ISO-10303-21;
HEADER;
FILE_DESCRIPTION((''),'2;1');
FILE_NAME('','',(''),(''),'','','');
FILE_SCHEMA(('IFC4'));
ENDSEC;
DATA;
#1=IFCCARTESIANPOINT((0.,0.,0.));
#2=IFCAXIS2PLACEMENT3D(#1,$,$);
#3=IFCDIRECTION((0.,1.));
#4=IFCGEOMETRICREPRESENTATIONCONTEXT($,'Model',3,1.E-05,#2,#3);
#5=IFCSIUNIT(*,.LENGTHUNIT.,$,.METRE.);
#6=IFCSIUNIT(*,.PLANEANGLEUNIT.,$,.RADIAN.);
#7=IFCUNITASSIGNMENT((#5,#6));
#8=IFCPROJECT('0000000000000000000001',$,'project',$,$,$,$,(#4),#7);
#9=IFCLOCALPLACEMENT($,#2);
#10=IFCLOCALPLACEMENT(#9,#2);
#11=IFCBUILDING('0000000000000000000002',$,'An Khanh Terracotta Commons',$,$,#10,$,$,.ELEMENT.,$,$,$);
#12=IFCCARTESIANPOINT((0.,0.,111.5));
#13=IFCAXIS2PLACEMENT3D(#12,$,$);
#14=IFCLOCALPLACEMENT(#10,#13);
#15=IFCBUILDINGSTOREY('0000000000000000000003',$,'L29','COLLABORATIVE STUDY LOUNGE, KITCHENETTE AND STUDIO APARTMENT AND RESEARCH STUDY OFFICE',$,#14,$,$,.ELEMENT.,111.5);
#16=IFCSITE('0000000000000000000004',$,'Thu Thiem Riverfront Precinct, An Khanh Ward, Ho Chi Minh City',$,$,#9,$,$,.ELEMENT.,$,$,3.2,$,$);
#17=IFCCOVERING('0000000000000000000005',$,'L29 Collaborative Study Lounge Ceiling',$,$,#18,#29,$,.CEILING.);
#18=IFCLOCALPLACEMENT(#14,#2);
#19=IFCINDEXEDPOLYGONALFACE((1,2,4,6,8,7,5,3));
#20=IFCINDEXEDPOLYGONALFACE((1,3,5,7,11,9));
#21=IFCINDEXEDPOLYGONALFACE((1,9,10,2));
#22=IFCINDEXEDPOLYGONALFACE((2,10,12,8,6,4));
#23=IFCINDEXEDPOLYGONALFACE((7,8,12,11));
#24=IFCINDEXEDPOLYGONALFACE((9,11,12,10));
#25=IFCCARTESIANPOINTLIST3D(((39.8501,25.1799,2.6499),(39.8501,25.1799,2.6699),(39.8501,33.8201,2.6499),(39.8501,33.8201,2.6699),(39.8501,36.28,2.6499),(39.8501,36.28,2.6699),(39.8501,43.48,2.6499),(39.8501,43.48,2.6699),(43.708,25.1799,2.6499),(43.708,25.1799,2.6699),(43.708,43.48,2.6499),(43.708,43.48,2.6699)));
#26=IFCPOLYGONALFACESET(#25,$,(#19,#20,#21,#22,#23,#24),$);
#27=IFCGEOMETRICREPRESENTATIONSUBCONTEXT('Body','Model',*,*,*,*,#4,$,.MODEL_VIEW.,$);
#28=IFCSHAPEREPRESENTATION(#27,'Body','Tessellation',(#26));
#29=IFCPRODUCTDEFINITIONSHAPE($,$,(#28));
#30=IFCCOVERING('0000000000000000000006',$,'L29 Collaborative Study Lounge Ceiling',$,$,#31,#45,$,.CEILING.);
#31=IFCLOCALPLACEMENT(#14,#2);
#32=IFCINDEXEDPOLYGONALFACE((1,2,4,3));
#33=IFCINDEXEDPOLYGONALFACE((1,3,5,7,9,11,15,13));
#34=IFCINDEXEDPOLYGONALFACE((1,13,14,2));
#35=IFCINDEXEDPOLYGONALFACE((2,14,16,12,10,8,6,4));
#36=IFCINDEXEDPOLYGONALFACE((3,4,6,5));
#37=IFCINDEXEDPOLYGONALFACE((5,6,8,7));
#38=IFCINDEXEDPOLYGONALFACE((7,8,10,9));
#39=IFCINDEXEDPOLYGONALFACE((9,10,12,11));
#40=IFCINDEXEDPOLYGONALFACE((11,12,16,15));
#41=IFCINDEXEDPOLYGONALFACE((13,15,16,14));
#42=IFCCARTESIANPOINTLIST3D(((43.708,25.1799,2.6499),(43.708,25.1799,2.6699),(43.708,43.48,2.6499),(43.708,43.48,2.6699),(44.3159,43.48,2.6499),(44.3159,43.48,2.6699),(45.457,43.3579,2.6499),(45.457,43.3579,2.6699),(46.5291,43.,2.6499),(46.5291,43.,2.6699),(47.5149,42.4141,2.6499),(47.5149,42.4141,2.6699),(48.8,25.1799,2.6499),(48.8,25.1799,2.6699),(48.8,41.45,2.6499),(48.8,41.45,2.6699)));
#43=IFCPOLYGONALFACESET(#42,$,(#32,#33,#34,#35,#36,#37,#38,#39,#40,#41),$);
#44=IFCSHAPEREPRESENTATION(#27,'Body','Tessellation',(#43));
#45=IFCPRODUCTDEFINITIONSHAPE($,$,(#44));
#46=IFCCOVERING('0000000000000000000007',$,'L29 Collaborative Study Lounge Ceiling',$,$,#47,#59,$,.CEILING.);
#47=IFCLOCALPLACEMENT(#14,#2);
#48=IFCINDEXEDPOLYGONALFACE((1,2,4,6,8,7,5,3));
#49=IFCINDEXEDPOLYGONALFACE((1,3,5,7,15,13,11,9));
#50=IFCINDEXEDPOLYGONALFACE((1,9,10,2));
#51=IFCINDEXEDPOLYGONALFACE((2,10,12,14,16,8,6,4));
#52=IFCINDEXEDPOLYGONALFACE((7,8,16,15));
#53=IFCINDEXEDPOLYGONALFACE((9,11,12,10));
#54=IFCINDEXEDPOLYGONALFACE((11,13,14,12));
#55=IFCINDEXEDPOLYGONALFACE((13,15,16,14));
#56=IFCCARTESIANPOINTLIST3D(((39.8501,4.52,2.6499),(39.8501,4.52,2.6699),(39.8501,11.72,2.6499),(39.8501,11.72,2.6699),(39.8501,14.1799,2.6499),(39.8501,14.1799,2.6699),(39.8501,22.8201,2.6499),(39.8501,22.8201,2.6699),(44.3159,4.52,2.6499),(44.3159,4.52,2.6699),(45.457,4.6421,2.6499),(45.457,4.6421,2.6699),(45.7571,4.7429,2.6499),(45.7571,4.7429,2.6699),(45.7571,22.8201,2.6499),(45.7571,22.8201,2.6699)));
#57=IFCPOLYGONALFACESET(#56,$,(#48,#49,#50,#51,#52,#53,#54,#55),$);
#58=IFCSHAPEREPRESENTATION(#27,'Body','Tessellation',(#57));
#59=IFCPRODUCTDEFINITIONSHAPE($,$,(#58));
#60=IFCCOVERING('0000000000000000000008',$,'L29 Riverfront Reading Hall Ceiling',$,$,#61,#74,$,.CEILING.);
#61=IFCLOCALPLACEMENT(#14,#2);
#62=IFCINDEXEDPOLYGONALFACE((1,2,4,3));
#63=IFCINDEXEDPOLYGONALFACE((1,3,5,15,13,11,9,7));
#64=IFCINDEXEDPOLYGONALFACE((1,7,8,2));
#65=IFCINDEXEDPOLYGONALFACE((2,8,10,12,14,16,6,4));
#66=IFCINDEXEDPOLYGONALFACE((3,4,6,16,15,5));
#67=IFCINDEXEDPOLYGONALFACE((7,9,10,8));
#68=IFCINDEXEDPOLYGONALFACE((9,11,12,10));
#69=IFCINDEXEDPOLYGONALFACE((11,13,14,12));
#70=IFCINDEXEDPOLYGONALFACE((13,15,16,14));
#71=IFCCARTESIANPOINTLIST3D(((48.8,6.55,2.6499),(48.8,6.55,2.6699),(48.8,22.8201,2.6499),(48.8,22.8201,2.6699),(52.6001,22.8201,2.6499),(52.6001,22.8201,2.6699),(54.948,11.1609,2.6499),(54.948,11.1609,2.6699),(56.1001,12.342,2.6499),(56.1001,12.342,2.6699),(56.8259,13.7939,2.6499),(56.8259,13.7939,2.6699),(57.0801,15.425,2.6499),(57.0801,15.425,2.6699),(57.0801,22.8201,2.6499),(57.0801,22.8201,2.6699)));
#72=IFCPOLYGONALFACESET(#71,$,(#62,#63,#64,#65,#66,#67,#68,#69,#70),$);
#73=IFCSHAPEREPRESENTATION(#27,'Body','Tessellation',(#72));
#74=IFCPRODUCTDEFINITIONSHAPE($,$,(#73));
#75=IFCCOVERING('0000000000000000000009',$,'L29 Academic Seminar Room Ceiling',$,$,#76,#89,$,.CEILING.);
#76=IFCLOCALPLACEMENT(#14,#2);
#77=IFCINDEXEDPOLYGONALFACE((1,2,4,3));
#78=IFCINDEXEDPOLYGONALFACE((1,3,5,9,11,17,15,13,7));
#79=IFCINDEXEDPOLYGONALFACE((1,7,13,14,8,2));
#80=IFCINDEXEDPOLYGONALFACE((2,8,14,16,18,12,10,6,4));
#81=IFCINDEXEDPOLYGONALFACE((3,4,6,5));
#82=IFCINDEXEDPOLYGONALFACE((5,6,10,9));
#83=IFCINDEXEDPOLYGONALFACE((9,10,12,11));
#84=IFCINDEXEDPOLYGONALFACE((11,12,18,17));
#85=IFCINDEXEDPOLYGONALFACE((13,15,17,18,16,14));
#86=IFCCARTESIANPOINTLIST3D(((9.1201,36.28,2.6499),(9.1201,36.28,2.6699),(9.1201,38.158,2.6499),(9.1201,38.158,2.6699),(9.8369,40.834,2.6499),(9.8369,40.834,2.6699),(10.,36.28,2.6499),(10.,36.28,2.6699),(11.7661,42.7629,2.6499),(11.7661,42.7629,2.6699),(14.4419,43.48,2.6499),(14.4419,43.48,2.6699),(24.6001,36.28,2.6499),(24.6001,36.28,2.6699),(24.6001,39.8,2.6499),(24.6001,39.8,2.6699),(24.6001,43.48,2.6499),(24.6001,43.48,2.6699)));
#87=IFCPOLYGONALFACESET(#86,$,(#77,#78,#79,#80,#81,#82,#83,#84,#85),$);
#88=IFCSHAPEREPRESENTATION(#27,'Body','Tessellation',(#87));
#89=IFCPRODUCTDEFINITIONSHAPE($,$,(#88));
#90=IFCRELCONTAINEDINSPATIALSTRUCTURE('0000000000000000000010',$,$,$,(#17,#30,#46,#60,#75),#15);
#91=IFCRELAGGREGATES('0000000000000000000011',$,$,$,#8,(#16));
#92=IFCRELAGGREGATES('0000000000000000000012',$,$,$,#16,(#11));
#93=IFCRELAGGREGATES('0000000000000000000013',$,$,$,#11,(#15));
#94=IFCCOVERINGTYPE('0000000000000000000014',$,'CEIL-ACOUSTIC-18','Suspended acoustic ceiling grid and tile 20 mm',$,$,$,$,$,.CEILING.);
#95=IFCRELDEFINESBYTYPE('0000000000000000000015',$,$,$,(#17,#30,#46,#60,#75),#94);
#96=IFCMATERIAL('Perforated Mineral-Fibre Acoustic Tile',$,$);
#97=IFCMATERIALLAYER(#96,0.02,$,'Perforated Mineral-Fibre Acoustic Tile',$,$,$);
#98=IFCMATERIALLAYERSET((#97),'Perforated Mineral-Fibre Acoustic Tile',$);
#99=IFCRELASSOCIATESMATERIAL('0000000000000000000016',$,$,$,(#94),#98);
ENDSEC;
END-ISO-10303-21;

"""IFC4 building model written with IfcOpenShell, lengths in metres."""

from ifc_helpers import new_model, si_unit, direction, frame, origin, place, context, subcontext, project, spatial, polyline, outline, extrude, material, layer, layer_set, type_object, element, save


model = new_model("IFC4")

# Units and contexts
model_context = context("Model", 3, precision=1e-05, world=origin(), true_north=direction((0.0, 1.0)))
body_context = subcontext(model_context, "Body", "Model", "MODEL_VIEW")
ifc_project = project(units=[si_unit("LENGTHUNIT", "METRE"), si_unit("PLANEANGLEUNIT", "RADIAN")], contexts=[model_context])

# Site, building, storey
site_placement = place(None, origin())
site = spatial("IfcSite", under=ifc_project, at=site_placement, Name="Thu Thiem Riverfront Precinct, An Khanh Ward, Ho Chi Minh City", CompositionType="ELEMENT", RefElevation=3.2)
building_placement = place(site_placement, origin())
building = spatial("IfcBuilding", under=site, at=building_placement, Name="An Khanh Terracotta Commons", CompositionType="ELEMENT")
storey_placement = place(building_placement, frame((0.0, 0.0, 111.5)))
storey = spatial("IfcBuildingStorey", under=building, at=storey_placement, Name="L29", Description="COLLABORATIVE STUDY LOUNGE, KITCHENETTE AND STUDIO APARTMENT AND RESEARCH STUDY OFFICE", CompositionType="ELEMENT", Elevation=111.5)

# Coverings
ifc_material_1 = material(Name="Perforated Mineral-Fibre Acoustic Tile")
ifc_layer_1 = layer(ifc_material_1, 0.02, Name="Perforated Mineral-Fibre Acoustic Tile")
ifc_layer_set_1 = layer_set([ifc_layer_1], Name="Perforated Mineral-Fibre Acoustic Tile")
covering_type = type_object("IfcCoveringType", Name="CEIL-ACOUSTIC-18", Description="Suspended acoustic ceiling grid and tile 20 mm", PredefinedType="CEILING", material=ifc_layer_set_1)
covering_1_placement = place(storey_placement, frame((0.0, 0.0, 2.6499)))
element("IfcCovering", 1, at=covering_1_placement, inside=storey, type_object=covering_type, Name="L29 Collaborative Study Lounge Ceiling", PredefinedType="CEILING", context=body_context, shape_type="SweptSolid", body=[
    extrude(outline(polyline([(43.708, 43.48), (43.708, 25.1799), (39.8501, 25.1799), (39.8501, 33.8201), (39.8501, 36.28), (39.8501, 43.48), (43.708, 43.48)])), origin(), (0.0, 0.0, 1.0), 0.02),
])
covering_2_placement = place(storey_placement, frame((0.0, 0.0, 2.6499)))
element("IfcCovering", 2, at=covering_2_placement, inside=storey, type_object=covering_type, Name="L29 Collaborative Study Lounge Ceiling", PredefinedType="CEILING", context=body_context, shape_type="SweptSolid", body=[
    extrude(outline(polyline([(44.3159, 43.48), (45.457, 43.3579), (46.5291, 43.0), (47.5149, 42.4141), (48.8, 41.45), (48.8, 25.1799), (43.708, 25.1799), (43.708, 43.48), (44.3159, 43.48)])), origin(), (0.0, 0.0, 1.0), 0.02),
])
covering_3_placement = place(storey_placement, frame((0.0, 0.0, 2.6499)))
element("IfcCovering", 3, at=covering_3_placement, inside=storey, type_object=covering_type, Name="L29 Collaborative Study Lounge Ceiling", PredefinedType="CEILING", context=body_context, shape_type="SweptSolid", body=[
    extrude(outline(polyline([(45.457, 4.6421), (44.3159, 4.52), (39.8501, 4.52), (39.8501, 11.72), (39.8501, 14.1799), (39.8501, 22.8201), (45.7571, 22.8201), (45.7571, 4.7429), (45.457, 4.6421)])), origin(), (0.0, 0.0, 1.0), 0.02),
])
covering_4_placement = place(storey_placement, frame((0.0, 0.0, 2.6499)))
element("IfcCovering", 4, at=covering_4_placement, inside=storey, type_object=covering_type, Name="L29 Riverfront Reading Hall Ceiling", PredefinedType="CEILING", context=body_context, shape_type="SweptSolid", body=[
    extrude(outline(polyline([(57.0801, 15.425), (56.8259, 13.7939), (56.1001, 12.342), (54.948, 11.1609), (48.8, 6.55), (48.8, 22.8201), (52.6001, 22.8201), (57.0801, 22.8201), (57.0801, 15.425)])), origin(), (0.0, 0.0, 1.0), 0.02),
])
covering_5_placement = place(storey_placement, frame((0.0, 0.0, 2.6499)))
element("IfcCovering", 5, at=covering_5_placement, inside=storey, type_object=covering_type, Name="L29 Academic Seminar Room Ceiling", PredefinedType="CEILING", context=body_context, shape_type="SweptSolid", body=[
    extrude(outline(polyline([(14.4419, 43.48), (24.6001, 43.48), (24.6001, 39.8), (24.6001, 36.28), (10.0, 36.28), (9.1201, 36.28), (9.1201, 38.158), (9.8369, 40.834), (11.7661, 42.7629), (14.4419, 43.48)])), origin(), (0.0, 0.0, 1.0), 0.02),
])

save(model, "model.ifc")
